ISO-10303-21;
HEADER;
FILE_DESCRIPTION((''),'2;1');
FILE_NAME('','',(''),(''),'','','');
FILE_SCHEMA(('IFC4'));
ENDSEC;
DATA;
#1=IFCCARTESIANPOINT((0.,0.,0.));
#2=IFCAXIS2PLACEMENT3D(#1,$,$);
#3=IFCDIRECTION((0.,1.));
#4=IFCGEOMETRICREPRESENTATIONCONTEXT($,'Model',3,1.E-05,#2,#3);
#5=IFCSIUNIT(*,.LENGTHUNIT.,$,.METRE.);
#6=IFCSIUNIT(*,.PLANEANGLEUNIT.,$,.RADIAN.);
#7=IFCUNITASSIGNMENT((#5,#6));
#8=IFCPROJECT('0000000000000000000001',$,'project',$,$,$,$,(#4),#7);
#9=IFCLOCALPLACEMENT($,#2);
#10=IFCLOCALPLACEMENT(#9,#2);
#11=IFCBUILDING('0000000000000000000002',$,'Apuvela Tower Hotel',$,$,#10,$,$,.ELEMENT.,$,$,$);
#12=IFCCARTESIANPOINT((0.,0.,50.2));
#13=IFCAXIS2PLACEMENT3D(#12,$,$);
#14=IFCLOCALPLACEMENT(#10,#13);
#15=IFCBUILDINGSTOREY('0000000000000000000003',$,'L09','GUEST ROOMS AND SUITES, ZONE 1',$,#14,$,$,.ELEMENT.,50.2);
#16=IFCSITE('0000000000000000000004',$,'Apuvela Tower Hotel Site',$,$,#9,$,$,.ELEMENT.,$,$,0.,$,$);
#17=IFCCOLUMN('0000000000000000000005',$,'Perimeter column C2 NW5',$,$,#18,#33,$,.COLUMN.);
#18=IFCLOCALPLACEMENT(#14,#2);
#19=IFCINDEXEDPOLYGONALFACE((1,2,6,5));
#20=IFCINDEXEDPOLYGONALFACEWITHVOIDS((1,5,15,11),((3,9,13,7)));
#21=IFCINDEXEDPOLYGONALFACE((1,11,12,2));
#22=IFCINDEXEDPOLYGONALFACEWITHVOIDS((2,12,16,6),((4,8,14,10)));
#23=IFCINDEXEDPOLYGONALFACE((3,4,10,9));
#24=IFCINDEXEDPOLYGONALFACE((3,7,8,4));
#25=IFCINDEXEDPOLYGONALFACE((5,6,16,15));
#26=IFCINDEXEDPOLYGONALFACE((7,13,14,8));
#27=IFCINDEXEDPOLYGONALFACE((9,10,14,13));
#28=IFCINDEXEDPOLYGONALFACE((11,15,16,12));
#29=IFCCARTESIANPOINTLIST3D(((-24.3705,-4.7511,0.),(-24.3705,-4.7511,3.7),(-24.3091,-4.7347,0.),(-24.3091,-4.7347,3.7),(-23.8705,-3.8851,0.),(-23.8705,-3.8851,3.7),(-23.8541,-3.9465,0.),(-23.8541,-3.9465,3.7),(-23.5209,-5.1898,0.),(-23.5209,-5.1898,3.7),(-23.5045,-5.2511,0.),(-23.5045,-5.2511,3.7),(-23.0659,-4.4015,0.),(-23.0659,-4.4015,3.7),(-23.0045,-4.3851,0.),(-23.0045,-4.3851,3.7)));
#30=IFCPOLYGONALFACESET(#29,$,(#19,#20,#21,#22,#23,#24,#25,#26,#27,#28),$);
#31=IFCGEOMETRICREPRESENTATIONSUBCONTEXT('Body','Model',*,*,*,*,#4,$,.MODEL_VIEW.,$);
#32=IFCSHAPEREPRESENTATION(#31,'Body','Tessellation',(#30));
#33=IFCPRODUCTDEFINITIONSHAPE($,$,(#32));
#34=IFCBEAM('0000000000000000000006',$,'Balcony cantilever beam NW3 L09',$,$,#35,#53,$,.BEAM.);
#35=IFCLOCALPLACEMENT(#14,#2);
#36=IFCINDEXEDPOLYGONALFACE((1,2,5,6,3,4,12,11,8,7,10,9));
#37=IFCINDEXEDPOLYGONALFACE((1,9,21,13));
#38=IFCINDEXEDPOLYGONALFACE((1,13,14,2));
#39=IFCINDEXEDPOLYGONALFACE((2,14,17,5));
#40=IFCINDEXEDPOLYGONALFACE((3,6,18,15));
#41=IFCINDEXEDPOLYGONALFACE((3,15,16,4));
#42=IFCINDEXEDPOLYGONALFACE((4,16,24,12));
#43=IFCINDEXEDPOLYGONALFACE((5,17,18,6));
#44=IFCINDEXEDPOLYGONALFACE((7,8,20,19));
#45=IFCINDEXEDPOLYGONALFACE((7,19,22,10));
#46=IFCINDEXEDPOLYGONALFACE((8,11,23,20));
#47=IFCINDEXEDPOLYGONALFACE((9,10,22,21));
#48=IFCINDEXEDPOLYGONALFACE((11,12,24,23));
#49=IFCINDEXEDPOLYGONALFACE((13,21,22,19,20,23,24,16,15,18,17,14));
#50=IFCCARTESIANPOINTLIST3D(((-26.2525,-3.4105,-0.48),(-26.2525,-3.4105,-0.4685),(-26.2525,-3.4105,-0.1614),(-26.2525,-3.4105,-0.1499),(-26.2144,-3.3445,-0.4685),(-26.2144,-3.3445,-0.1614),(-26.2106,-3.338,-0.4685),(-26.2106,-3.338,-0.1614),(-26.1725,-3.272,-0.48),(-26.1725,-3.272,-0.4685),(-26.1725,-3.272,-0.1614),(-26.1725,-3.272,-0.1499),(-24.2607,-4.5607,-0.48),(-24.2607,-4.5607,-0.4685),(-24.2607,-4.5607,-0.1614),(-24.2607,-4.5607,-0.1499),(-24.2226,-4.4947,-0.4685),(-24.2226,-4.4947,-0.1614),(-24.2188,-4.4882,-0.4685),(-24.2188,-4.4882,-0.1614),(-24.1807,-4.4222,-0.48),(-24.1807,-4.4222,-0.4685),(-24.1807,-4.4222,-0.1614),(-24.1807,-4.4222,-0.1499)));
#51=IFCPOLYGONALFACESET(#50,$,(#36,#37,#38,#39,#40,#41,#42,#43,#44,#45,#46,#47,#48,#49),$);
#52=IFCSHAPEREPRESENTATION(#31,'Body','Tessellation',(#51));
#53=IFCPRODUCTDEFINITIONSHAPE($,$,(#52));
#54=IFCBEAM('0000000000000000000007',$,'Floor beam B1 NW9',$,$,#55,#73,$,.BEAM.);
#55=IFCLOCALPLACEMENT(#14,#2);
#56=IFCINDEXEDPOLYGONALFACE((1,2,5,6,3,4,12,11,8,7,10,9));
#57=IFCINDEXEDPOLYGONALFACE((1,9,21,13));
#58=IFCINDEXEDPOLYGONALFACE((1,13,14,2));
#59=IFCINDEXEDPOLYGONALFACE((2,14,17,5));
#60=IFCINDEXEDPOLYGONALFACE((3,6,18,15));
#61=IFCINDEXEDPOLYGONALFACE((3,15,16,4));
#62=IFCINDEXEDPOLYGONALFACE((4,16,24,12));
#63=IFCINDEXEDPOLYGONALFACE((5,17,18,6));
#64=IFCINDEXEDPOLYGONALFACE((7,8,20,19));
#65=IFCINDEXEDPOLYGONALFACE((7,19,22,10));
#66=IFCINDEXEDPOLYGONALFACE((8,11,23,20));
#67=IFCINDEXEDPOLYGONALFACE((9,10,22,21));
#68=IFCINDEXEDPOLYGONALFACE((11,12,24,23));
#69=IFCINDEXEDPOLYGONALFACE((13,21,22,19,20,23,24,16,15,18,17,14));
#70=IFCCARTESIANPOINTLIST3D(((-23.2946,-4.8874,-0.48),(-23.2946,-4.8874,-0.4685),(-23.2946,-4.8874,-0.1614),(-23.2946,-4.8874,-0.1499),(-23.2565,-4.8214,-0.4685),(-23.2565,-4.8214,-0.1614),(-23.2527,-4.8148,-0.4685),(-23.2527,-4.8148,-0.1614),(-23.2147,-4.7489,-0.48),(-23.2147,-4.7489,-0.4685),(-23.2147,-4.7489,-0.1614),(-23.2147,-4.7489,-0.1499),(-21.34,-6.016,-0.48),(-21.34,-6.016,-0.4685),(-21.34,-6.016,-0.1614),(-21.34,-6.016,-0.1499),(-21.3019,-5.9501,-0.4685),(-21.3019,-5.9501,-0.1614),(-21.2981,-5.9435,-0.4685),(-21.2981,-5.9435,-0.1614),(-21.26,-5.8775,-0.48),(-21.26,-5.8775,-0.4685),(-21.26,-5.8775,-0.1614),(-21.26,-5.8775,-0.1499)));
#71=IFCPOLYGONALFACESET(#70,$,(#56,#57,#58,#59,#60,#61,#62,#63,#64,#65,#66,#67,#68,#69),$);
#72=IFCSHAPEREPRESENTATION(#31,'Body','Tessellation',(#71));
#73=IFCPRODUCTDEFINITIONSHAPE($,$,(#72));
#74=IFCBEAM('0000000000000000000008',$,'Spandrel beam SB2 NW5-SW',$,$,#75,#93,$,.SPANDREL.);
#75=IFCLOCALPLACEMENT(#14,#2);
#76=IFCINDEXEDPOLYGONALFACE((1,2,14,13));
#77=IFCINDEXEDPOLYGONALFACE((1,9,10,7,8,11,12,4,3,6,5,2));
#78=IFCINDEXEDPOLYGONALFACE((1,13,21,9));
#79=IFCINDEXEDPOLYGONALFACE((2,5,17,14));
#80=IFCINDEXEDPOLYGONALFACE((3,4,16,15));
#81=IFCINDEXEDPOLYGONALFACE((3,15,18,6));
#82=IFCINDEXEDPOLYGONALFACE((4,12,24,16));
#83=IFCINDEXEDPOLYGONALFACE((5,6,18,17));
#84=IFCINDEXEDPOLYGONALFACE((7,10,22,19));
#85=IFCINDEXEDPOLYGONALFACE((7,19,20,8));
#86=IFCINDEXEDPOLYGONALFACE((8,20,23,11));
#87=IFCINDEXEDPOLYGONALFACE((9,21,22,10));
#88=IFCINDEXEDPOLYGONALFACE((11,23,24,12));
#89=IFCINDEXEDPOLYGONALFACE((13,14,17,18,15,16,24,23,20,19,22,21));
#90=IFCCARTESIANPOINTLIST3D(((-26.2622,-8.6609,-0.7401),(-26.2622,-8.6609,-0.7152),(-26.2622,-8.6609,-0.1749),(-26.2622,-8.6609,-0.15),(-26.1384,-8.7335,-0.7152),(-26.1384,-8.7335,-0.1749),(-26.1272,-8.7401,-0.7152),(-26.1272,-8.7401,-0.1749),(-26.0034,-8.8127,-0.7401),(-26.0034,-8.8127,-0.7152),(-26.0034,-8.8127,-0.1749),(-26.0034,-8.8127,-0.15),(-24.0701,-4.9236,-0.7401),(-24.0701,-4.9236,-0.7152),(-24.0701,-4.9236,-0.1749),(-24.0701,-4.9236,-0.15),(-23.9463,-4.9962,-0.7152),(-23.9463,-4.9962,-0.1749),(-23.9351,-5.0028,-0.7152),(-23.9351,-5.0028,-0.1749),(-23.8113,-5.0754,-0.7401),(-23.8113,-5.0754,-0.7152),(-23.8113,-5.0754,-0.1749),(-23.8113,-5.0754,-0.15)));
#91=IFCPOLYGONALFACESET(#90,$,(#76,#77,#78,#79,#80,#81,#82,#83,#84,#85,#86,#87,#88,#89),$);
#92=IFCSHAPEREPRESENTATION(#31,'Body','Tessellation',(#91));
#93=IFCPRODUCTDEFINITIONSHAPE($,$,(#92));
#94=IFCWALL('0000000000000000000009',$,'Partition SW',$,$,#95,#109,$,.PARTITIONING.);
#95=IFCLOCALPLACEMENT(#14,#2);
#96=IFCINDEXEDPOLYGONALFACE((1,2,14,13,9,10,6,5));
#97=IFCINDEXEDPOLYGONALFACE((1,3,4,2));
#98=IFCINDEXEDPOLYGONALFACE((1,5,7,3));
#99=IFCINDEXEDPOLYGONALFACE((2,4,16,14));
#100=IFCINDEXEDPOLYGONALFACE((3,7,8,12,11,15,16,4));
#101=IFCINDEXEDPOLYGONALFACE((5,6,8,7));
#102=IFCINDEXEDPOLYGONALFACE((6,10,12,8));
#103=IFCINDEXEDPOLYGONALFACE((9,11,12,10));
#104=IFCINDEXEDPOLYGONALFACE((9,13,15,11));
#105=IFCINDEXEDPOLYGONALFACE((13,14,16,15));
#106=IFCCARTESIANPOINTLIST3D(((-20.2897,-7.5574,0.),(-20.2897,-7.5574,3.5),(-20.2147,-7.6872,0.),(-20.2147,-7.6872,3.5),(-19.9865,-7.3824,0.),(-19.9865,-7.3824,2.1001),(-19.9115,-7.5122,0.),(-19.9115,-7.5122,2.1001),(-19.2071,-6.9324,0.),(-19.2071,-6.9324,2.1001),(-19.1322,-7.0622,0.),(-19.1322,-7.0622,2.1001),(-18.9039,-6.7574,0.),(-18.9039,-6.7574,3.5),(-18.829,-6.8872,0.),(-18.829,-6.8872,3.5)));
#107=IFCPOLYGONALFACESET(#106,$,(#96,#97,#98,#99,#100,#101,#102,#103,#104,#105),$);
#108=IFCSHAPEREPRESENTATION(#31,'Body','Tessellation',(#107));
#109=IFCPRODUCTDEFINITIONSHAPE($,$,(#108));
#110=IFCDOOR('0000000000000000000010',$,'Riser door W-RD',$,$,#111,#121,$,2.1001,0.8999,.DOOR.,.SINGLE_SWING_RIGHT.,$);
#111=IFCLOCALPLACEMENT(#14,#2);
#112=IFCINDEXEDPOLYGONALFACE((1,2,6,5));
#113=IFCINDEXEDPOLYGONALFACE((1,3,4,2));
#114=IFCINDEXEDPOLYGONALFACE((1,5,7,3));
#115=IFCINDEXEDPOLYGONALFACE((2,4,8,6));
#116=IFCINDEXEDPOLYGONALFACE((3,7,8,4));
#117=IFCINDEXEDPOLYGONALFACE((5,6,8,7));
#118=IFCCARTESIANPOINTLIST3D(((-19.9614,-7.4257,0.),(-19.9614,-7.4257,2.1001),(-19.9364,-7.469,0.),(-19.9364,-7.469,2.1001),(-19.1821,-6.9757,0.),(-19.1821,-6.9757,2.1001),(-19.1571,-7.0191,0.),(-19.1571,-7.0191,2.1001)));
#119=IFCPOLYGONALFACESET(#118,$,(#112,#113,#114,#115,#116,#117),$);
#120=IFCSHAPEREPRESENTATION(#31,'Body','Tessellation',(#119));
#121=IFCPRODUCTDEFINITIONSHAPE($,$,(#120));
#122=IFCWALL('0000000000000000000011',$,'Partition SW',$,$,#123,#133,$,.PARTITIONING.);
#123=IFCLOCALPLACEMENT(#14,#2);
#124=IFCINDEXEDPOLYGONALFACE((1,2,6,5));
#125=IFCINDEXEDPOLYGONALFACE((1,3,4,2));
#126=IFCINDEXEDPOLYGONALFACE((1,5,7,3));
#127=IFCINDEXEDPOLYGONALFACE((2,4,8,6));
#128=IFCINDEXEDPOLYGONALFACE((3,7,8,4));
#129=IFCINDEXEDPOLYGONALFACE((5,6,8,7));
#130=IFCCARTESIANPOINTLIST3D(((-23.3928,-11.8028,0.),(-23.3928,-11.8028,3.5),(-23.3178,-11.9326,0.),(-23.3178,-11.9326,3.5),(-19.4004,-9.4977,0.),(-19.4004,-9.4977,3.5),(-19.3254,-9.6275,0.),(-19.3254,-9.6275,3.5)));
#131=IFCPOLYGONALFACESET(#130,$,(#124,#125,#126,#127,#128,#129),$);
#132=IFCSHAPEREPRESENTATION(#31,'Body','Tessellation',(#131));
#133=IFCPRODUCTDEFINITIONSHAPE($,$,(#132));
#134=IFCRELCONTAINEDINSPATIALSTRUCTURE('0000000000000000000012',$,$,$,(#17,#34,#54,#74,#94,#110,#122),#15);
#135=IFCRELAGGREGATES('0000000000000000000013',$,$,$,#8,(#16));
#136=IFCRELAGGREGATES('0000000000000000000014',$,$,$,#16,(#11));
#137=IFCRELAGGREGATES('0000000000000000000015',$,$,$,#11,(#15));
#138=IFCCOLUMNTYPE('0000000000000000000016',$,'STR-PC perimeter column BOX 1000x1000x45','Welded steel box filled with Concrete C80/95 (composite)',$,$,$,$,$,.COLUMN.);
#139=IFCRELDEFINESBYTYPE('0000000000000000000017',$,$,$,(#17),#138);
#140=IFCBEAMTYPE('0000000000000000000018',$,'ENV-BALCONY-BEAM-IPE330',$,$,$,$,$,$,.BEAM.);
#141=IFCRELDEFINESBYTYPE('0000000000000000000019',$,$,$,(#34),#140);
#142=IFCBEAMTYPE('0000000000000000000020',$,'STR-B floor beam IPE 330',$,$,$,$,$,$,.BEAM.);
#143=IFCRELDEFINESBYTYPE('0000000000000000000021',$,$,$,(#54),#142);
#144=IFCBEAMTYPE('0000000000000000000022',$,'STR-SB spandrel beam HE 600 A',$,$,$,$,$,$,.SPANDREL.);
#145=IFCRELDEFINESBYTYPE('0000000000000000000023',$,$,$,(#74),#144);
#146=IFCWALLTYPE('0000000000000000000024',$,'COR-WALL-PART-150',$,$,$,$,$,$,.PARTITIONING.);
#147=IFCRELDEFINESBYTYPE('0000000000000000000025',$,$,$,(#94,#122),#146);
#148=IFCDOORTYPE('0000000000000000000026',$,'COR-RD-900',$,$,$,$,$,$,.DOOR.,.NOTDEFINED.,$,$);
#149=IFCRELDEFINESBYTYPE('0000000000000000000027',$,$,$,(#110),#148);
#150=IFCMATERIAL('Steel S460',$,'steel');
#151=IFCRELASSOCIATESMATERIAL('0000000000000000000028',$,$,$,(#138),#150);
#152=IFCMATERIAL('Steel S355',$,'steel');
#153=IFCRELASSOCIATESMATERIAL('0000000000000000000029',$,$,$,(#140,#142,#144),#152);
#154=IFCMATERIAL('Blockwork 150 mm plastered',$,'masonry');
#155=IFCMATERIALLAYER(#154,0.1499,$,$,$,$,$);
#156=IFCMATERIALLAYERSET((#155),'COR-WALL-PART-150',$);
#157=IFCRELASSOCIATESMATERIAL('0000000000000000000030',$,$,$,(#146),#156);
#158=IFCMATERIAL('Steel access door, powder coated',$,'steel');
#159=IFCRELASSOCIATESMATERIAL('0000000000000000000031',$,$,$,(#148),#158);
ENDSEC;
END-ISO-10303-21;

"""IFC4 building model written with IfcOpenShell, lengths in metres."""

from ifc_helpers import new_model, si_unit, direction, frame, frame_2d, origin, origin_2d, place, context, subcontext, project, spatial, rectangle, hollow_rectangle, i_section, extrude, material, layer, layer_set, material_profile, profile_set, type_object, element, fill, save


model = new_model("IFC4")

# Units and contexts
model_context = context("Model", 3, precision=1e-05, world=origin(), true_north=direction((0.0, 1.0)))
body_context = subcontext(model_context, "Body", "Model", "MODEL_VIEW")
ifc_project = project(units=[si_unit("LENGTHUNIT", "METRE"), si_unit("PLANEANGLEUNIT", "RADIAN")], contexts=[model_context])

# Site, building, storey
site_placement = place(None, origin())
site = spatial("IfcSite", under=ifc_project, at=site_placement, Name="Apuvela Tower Hotel Site", CompositionType="ELEMENT", RefElevation=0.0)
building_placement = place(site_placement, origin())
building = spatial("IfcBuilding", under=site, at=building_placement, Name="Apuvela Tower Hotel", CompositionType="ELEMENT")
storey_placement = place(building_placement, frame((0.0, 0.0, 50.2)))
storey = spatial("IfcBuildingStorey", under=building, at=storey_placement, Name="L09", Description="GUEST ROOMS AND SUITES, ZONE 1", CompositionType="ELEMENT", Elevation=50.2)

# Column
ifc_material_1 = material(Name="Steel S460", Category="steel")
ifc_material_profile_1 = material_profile(ifc_material_1, hollow_rectangle(XDim=1.0, YDim=1.0, WallThickness=0.0449, at=origin_2d()), Name="BOX 1000x1000x45")
ifc_material_2 = material(Name="Concrete C80/95", Category="concrete")
ifc_material_profile_2 = material_profile(ifc_material_2, rectangle(XDim=0.9099, YDim=0.9099, at=origin_2d()), Name="Concrete C80/95 infill")
ifc_profile_set_1 = profile_set([ifc_material_profile_1, ifc_material_profile_2], Name="Steel S460")
column_type = type_object("IfcColumnType", Name="STR-PC perimeter column BOX 1000x1000x45", Description="Welded steel box filled with Concrete C80/95 (composite)", PredefinedType="COLUMN", material=ifc_profile_set_1)
column_placement = place(storey_placement, frame((-23.6875, -4.5681, 0.0), z_axis=(0.0, 0.0, 1.0), x_axis=(0.5, 0.866025, 0.0)))
element("IfcColumn", 1, at=column_placement, inside=storey, type_object=column_type, Name="Perimeter column C2 NW5", PredefinedType="COLUMN", context=body_context, shape_type="SweptSolid", body=[
    extrude(hollow_rectangle(XDim=1.0, YDim=1.0, WallThickness=0.0449, at=origin_2d()), origin(), (0.0, 0.0, 1.0), 3.7),
])

# Beams
ifc_material_3 = material(Name="Steel S355", Category="steel")
ifc_material_profile_3 = material_profile(ifc_material_3, i_section(OverallWidth=0.1599, OverallDepth=0.3301, WebThickness=0.0076, FlangeThickness=0.0115, at=origin_2d()), Name="IPE 330")
ifc_profile_set_2 = profile_set([ifc_material_profile_3], Name="Steel S355")
beam_type_1 = type_object("IfcBeamType", Name="ENV-BALCONY-BEAM-IPE330", PredefinedType="BEAM", material=ifc_profile_set_2)
beam_1_placement = place(storey_placement, frame((-24.2207, -4.4915, -0.3149), z_axis=(-0.865981, 0.500078, 0.0), x_axis=(-0.500078, -0.865981, 0.0)))
element("IfcBeam", 2, at=beam_1_placement, inside=storey, type_object=beam_type_1, Name="Balcony cantilever beam NW3 L09", PredefinedType="BEAM", context=body_context, shape_type="SweptSolid", body=[
    extrude(i_section(OverallWidth=0.1599, OverallDepth=0.3301, WebThickness=0.0076, FlangeThickness=0.0115, at=origin_2d()), origin(), (0.0, 0.0, 1.0), 2.3),
])
ifc_material_profile_4 = material_profile(ifc_material_3, i_section(OverallWidth=0.1599, OverallDepth=0.3301, WebThickness=0.0076, FlangeThickness=0.0115, at=origin_2d()), Name="IPE 330")
ifc_profile_set_3 = profile_set([ifc_material_profile_4], Name="Steel S355")
beam_type_2 = type_object("IfcBeamType", Name="STR-B floor beam IPE 330", PredefinedType="BEAM", material=ifc_profile_set_3)
beam_2_placement = place(storey_placement, frame((-23.2546, -4.8181, -0.3149), z_axis=(0.865991, -0.50006, 0.0), x_axis=(0.50006, 0.865991, 0.0)))
element("IfcBeam", 3, at=beam_2_placement, inside=storey, type_object=beam_type_2, Name="Floor beam B1 NW9", PredefinedType="BEAM", context=body_context, shape_type="SweptSolid", body=[
    extrude(i_section(OverallWidth=0.1599, OverallDepth=0.3301, WebThickness=0.0076, FlangeThickness=0.0115, at=origin_2d()), origin(), (0.0, 0.0, 1.0), 2.2571),
])
ifc_material_profile_5 = material_profile(ifc_material_3, i_section(OverallWidth=0.3, OverallDepth=0.5901, WebThickness=0.0129, FlangeThickness=0.0249, at=origin_2d()), Name="HE 600 A")
ifc_profile_set_4 = profile_set([ifc_material_profile_5], Name="Steel S355")
beam_type_3 = type_object("IfcBeamType", Name="STR-SB spandrel beam HE 600 A", PredefinedType="SPANDREL", material=ifc_profile_set_4)
beam_3_placement = place(storey_placement, frame((-23.9407, -4.9995, -0.4451), z_axis=(-0.505944, -0.862567, 0.0), x_axis=(0.862567, -0.505944, 0.0)))
element("IfcBeam", 4, at=beam_3_placement, inside=storey, type_object=beam_type_3, Name="Spandrel beam SB2 NW5-SW", PredefinedType="SPANDREL", context=body_context, shape_type="SweptSolid", body=[
    extrude(i_section(OverallWidth=0.3, OverallDepth=0.5901, WebThickness=0.0129, FlangeThickness=0.0249, at=origin_2d()), origin(), (0.0, 0.0, 1.0), 4.3328),
])

# Wall, opening, door
ifc_material_4 = material(Name="Blockwork 150 mm plastered", Category="masonry")
ifc_layer_1 = layer(ifc_material_4, 0.1499)
ifc_layer_set_1 = layer_set([ifc_layer_1], Name="COR-WALL-PART-150")
wall_type_1 = type_object("IfcWallType", Name="COR-WALL-PART-150", PredefinedType="PARTITIONING", material=ifc_layer_set_1)
wall_1_placement = place(storey_placement, frame((-18.8665, -6.8223, 0.0), z_axis=(0.0, 0.0, 1.0), x_axis=(-0.866028, -0.499995, 0.0)))
wall_1 = element("IfcWall", 5, at=wall_1_placement, inside=storey, type_object=wall_type_1, Name="Partition SW", PredefinedType="PARTITIONING", context=body_context, shape_type="SweptSolid", body=[
    extrude(rectangle(XDim=1.6001, YDim=0.1499, at=frame_2d((0.8, 0.0))), origin(), (0.0, 0.0, 1.0), 3.5),
])
opening_1_placement = place(wall_1_placement, frame((0.3501, 0.0, 0.0)))
opening_1 = element("IfcOpeningElement", 6, at=opening_1_placement, cuts=wall_1, PredefinedType="OPENING", context=body_context, shape_type="SweptSolid", body=[
    extrude(rectangle(XDim=0.8999, YDim=2.1001, at=frame_2d((0.45, 1.05))), frame((0.0, 0.085, 0.0), z_axis=(0.0, -1.0, 0.0), x_axis=(1.0, 0.0, 0.0)), (0.0, 0.0, 1.0), 0.1699),
])
ifc_material_5 = material(Name="Steel access door, powder coated", Category="steel")
door_type_1 = type_object("IfcDoorType", Name="COR-RD-900", OperationType="NOTDEFINED", PredefinedType="DOOR", material=ifc_material_5)
door_1_placement = place(opening_1_placement, frame((0.8999, 0.0, 0.0), z_axis=(0.0, 0.0, 1.0), x_axis=(-1.0, 0.0, 0.0)))
door_1 = element("IfcDoor", 7, at=door_1_placement, inside=storey, type_object=door_type_1, Name="Riser door W-RD", OperationType="SINGLE_SWING_RIGHT", OverallHeight=2.1001, OverallWidth=0.8999, PredefinedType="DOOR", context=body_context, shape_type="SweptSolid", body=[
    extrude(rectangle(XDim=0.8999, YDim=2.1001, at=frame_2d((0.45, 1.05))), frame((0.0, 0.0249, 0.0), z_axis=(0.0, -1.0, 0.0), x_axis=(1.0, 0.0, 0.0)), (0.0, 0.0, 1.0), 0.05),
])
fill(opening_1, door_1)

# Wall
wall_2_placement = place(storey_placement, frame((-19.3628, -9.5625, 0.0), z_axis=(0.0, 0.0, 1.0), x_axis=(-0.866012, -0.500023, 0.0)))
element("IfcWall", 8, at=wall_2_placement, inside=storey, type_object=wall_type_1, Name="Partition SW", PredefinedType="PARTITIONING", context=body_context, shape_type="SweptSolid", body=[
    extrude(rectangle(XDim=4.6101, YDim=0.1499, at=frame_2d((2.3052, 0.0))), origin(), (0.0, 0.0, 1.0), 3.5),
])

save(model, "model.ifc")
